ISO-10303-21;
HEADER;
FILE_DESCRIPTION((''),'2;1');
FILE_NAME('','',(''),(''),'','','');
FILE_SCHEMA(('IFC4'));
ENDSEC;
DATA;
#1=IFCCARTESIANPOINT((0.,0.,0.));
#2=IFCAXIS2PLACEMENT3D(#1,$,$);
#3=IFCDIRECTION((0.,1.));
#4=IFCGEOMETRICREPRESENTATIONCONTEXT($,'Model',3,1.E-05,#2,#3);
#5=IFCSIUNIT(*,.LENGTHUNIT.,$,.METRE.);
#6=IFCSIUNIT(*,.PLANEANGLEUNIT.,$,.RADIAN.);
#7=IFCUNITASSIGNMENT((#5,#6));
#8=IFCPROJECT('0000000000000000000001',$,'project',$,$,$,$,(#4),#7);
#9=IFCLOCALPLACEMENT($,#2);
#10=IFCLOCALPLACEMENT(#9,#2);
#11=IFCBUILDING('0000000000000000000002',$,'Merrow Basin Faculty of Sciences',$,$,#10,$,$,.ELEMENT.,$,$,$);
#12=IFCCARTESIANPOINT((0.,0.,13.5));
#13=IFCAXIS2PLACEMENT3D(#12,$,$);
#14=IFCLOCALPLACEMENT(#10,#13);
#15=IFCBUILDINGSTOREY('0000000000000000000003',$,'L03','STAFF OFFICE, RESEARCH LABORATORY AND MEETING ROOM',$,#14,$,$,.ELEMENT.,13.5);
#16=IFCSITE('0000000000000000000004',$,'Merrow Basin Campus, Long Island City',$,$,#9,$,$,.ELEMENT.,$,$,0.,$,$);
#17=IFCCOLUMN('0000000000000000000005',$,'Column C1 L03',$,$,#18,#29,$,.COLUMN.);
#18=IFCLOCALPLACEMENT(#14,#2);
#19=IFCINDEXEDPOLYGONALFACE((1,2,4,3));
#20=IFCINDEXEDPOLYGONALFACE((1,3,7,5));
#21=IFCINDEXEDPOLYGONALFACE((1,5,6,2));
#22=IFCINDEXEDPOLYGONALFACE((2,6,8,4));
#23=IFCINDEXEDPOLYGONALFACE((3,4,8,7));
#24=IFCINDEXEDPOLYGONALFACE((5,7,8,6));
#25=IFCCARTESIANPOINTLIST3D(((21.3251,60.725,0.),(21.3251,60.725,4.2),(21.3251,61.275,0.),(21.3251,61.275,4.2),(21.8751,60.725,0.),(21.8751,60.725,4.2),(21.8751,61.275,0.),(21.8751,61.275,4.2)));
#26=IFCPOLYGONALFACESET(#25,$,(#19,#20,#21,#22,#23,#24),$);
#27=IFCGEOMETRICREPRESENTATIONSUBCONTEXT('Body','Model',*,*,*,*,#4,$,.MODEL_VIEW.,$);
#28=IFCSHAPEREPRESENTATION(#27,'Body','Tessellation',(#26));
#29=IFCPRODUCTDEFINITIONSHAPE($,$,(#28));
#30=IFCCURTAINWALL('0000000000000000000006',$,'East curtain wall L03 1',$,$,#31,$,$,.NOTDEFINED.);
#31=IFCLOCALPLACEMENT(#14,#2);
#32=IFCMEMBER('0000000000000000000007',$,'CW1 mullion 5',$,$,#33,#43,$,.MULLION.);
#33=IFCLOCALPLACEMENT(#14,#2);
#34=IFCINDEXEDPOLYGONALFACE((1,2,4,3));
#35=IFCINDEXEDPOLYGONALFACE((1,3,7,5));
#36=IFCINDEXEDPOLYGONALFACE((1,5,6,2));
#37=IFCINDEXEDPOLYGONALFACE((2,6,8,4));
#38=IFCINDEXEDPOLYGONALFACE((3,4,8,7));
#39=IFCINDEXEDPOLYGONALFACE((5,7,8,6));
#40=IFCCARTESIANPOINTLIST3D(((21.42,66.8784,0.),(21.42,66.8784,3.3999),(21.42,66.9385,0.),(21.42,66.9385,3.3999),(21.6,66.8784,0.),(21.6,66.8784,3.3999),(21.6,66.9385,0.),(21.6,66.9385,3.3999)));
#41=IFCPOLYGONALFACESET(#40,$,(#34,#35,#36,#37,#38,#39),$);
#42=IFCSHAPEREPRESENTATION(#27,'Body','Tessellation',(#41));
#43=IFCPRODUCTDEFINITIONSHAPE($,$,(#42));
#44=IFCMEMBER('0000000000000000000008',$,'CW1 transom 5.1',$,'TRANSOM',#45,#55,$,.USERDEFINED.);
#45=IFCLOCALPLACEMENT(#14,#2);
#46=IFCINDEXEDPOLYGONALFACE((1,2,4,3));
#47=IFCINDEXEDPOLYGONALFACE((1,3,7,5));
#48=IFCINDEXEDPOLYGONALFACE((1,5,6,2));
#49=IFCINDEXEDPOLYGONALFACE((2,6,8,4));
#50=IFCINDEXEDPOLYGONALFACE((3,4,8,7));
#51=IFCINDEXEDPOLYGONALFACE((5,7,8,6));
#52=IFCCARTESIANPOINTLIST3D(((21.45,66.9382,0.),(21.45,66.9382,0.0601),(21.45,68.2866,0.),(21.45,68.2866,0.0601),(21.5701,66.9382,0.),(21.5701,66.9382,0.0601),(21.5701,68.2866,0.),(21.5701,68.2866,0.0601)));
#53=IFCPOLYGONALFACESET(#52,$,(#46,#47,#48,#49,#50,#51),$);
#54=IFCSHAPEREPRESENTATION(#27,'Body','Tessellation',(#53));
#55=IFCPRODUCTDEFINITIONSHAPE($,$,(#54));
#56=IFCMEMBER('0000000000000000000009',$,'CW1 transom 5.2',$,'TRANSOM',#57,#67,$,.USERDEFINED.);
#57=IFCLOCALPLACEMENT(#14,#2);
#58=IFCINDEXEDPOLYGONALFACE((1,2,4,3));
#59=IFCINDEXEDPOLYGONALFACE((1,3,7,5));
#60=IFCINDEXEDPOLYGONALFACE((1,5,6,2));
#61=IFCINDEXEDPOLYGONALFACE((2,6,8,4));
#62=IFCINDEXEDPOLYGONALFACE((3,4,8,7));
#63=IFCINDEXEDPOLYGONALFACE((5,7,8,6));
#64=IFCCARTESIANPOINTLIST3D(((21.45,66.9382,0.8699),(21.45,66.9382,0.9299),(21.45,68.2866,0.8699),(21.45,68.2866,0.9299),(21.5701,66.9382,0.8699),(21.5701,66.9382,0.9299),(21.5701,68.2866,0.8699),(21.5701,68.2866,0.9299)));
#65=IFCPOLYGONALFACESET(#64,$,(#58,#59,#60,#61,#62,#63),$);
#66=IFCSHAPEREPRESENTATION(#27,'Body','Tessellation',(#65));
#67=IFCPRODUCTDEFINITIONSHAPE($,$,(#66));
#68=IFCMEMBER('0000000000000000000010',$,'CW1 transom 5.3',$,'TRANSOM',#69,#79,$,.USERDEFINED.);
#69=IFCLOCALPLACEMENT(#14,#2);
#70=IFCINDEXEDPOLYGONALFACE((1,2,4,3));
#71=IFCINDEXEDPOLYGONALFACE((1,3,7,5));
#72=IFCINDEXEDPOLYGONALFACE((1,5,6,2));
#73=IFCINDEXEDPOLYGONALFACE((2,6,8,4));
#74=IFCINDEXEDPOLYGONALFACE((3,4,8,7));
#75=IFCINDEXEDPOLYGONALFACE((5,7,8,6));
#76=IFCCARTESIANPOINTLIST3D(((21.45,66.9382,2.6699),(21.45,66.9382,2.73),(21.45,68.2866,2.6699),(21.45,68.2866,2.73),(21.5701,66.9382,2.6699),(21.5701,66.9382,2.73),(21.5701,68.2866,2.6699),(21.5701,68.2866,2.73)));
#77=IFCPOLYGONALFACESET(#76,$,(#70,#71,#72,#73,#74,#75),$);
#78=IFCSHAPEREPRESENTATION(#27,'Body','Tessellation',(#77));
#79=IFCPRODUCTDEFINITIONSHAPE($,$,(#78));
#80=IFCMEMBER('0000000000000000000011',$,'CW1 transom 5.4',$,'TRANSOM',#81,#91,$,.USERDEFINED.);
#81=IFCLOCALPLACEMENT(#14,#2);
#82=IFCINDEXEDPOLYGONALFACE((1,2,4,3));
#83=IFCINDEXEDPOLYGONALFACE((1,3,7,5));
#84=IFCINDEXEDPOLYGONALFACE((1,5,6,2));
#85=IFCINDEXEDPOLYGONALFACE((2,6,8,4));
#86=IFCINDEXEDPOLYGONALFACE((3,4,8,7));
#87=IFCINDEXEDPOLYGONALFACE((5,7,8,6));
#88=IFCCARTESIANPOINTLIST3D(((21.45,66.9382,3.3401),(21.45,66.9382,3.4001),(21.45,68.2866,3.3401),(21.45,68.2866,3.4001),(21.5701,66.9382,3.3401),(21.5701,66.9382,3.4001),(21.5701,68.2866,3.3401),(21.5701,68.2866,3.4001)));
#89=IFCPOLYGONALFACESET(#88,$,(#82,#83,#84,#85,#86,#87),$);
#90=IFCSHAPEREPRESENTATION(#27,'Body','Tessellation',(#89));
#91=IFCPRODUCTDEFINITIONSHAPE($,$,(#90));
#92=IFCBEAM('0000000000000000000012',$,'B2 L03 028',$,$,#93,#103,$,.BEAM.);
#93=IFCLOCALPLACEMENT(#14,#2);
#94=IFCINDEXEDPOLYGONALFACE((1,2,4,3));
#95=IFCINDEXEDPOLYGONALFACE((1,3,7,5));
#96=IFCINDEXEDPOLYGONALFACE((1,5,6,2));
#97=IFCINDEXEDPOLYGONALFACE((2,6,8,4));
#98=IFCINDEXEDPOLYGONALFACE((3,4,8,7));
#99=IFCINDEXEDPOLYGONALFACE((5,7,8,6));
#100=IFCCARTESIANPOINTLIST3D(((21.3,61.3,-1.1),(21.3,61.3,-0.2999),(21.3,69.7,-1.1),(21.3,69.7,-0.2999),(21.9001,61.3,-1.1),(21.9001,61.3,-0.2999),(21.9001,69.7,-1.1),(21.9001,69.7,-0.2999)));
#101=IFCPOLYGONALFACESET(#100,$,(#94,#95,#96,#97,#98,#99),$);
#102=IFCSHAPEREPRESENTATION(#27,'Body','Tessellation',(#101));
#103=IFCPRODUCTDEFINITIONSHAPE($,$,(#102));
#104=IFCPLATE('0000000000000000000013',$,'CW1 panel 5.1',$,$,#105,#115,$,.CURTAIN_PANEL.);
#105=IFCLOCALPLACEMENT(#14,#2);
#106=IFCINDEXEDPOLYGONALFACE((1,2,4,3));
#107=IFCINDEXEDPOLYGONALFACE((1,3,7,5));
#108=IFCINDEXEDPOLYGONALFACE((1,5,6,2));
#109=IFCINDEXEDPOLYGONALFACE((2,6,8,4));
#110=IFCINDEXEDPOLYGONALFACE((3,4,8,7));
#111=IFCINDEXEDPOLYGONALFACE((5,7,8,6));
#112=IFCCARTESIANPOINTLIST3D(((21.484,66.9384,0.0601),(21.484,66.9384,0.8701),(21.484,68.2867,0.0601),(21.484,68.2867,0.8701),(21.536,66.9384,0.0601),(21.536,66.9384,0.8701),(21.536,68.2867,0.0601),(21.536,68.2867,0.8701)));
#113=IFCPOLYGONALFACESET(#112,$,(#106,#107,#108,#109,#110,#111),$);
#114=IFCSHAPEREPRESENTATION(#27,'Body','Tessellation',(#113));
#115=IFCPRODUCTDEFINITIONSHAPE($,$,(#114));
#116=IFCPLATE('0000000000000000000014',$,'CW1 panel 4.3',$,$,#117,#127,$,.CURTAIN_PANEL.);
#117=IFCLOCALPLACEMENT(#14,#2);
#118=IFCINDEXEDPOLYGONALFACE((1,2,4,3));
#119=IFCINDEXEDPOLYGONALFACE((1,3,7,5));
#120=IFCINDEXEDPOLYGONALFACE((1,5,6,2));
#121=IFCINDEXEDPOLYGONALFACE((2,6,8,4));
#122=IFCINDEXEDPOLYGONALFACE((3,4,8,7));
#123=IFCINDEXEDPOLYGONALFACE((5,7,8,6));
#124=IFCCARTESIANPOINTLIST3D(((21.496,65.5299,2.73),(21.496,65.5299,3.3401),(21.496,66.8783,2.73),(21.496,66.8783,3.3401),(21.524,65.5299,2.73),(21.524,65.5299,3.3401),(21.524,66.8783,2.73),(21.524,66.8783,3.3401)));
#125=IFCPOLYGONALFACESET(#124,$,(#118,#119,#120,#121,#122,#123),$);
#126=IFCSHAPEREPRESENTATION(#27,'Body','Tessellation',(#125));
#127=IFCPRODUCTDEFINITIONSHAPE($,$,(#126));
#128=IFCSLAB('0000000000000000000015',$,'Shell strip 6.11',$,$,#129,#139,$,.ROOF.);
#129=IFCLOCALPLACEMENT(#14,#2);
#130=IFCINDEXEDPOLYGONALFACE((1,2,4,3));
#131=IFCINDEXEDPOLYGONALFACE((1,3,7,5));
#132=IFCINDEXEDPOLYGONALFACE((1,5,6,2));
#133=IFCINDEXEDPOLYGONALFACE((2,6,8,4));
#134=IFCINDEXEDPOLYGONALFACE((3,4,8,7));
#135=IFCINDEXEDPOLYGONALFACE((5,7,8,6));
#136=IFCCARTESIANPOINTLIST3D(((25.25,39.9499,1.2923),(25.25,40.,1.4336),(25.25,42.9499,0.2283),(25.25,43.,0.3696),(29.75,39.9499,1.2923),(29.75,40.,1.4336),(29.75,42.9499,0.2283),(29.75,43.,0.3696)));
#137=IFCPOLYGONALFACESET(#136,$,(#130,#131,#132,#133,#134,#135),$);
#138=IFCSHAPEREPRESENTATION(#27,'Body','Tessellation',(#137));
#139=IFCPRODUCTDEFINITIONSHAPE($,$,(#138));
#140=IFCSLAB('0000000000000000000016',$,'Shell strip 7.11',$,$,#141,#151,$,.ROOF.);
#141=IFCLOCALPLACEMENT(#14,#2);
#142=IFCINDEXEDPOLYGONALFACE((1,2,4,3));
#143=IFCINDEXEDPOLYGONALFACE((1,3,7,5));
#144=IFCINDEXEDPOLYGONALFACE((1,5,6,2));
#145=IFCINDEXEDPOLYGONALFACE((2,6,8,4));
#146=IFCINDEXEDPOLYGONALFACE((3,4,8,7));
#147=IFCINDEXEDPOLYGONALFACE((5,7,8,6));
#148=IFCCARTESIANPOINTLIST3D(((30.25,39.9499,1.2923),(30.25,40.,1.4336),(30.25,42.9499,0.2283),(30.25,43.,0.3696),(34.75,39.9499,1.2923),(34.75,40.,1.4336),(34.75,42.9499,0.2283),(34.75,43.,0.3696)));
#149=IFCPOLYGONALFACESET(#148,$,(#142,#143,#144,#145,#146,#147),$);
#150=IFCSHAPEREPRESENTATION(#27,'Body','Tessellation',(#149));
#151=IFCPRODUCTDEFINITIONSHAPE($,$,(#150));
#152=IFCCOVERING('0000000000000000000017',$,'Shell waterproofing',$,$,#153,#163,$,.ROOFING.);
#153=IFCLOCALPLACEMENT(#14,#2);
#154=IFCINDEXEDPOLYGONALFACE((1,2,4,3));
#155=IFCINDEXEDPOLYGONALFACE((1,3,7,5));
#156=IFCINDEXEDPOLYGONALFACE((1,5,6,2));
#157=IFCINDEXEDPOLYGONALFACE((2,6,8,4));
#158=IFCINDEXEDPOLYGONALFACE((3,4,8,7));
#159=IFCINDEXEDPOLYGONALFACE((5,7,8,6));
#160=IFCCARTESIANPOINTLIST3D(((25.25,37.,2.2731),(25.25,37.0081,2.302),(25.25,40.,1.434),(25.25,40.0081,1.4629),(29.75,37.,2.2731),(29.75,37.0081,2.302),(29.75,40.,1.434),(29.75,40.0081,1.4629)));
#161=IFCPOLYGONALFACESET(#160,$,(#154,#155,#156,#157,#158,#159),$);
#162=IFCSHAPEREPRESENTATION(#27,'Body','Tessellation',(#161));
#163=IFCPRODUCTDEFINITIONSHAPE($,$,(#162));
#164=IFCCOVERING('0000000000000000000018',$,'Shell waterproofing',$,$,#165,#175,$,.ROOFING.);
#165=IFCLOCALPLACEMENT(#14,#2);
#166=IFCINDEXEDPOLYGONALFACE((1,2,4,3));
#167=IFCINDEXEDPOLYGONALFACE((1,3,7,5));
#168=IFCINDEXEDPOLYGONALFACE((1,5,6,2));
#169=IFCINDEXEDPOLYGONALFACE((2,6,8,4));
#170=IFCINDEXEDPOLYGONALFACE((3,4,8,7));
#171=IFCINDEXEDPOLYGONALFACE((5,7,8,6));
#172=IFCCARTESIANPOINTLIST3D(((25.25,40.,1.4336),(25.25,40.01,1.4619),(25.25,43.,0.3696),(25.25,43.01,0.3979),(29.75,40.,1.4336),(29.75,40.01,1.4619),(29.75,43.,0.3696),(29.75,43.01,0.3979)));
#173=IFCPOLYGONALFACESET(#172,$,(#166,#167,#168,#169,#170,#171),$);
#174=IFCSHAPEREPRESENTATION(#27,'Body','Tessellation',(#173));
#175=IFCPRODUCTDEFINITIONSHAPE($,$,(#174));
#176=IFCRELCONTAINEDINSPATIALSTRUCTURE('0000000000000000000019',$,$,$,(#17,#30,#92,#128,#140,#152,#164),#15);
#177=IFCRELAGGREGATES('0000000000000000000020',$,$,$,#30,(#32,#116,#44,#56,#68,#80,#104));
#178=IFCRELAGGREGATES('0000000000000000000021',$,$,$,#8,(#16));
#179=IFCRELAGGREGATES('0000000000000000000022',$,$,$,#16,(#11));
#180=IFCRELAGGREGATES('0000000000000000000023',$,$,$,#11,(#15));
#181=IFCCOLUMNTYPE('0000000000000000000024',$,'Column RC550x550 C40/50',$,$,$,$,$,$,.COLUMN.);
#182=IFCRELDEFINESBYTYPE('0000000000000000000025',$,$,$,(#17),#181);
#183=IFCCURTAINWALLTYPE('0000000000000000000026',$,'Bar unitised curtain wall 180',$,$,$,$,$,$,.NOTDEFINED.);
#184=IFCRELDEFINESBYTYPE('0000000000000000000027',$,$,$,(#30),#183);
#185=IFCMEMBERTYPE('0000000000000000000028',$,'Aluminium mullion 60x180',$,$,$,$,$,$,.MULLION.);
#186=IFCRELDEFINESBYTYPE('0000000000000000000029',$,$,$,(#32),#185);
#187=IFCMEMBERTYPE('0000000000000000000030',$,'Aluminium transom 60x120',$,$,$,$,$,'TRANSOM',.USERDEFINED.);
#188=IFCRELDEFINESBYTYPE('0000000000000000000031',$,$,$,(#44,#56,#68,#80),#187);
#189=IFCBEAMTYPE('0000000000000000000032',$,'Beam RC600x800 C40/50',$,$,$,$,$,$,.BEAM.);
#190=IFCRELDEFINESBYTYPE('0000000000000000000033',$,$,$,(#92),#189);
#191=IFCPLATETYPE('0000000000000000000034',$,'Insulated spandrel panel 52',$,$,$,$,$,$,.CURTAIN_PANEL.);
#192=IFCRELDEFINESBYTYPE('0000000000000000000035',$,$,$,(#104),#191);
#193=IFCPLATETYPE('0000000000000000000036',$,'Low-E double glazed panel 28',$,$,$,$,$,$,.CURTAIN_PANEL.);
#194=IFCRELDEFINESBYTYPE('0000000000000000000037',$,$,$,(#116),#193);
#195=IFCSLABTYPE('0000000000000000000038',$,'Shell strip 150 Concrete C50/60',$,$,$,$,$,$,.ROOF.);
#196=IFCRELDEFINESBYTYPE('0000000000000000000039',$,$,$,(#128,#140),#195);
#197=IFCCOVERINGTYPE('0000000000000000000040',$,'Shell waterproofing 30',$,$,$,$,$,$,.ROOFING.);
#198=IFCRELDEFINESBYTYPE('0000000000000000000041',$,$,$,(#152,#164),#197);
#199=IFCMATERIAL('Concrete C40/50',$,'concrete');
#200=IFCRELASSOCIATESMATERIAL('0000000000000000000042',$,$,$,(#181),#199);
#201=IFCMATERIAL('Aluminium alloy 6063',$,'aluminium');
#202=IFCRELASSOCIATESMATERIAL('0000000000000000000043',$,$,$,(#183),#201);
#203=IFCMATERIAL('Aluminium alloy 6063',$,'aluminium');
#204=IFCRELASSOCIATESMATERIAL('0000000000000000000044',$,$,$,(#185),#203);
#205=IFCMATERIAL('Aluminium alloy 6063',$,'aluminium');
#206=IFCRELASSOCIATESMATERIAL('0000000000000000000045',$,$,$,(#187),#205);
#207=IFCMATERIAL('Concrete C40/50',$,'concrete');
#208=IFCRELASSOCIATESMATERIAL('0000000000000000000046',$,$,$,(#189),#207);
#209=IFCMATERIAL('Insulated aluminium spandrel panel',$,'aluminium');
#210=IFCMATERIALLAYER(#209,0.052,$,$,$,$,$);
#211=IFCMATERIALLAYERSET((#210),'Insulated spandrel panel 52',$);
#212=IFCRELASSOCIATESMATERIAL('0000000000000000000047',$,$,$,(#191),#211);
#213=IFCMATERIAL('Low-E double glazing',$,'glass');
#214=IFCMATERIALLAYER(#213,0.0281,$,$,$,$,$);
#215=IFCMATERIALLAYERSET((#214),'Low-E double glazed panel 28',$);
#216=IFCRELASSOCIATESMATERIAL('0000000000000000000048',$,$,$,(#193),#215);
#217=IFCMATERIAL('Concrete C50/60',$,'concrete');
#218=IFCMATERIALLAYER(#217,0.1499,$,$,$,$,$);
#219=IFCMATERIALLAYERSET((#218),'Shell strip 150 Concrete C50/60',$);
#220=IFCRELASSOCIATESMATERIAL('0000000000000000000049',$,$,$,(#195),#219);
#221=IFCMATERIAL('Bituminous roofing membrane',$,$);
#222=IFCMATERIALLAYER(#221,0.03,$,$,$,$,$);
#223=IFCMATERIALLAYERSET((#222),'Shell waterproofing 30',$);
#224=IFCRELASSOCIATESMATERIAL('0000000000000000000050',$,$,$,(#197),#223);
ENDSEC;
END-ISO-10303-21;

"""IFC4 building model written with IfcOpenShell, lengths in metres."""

from ifc_helpers import new_model, si_unit, direction, frame, origin, origin_2d, place, context, subcontext, project, spatial, polyline, rectangle, outline, extrude, material, layer, layer_set, material_profile, profile_set, type_object, element, aggregate, save


model = new_model("IFC4")

# Units and contexts
model_context = context("Model", 3, precision=1e-05, world=origin(), true_north=direction((0.0, 1.0)))
body_context = subcontext(model_context, "Body", "Model", "MODEL_VIEW")
ifc_project = project(units=[si_unit("LENGTHUNIT", "METRE"), si_unit("PLANEANGLEUNIT", "RADIAN")], contexts=[model_context])

# Site, building, storey
site_placement = place(None, origin())
site = spatial("IfcSite", under=ifc_project, at=site_placement, Name="Merrow Basin Campus, Long Island City", CompositionType="ELEMENT", RefElevation=0.0)
building_placement = place(site_placement, origin())
building = spatial("IfcBuilding", under=site, at=building_placement, Name="Merrow Basin Faculty of Sciences", CompositionType="ELEMENT")
storey_placement = place(building_placement, frame((0.0, 0.0, 13.5)))
storey = spatial("IfcBuildingStorey", under=building, at=storey_placement, Name="L03", Description="STAFF OFFICE, RESEARCH LABORATORY AND MEETING ROOM", CompositionType="ELEMENT", Elevation=13.5)

# Column
ifc_material_1 = material(Name="Concrete C40/50", Category="concrete")
ifc_material_profile_1 = material_profile(ifc_material_1, rectangle(XDim=0.55, YDim=0.55, at=origin_2d()))
ifc_profile_set_1 = profile_set([ifc_material_profile_1], Name="Concrete C40/50")
column_type = type_object("IfcColumnType", Name="Column RC550x550 C40/50", PredefinedType="COLUMN", material=ifc_profile_set_1)
column_placement = place(storey_placement, frame((21.6001, 61.0, 0.0), z_axis=(0.0, 0.0, 1.0), x_axis=(1.0, 0.0, 0.0)))
element("IfcColumn", 1, at=column_placement, inside=storey, type_object=column_type, Name="Column C1 L03", PredefinedType="COLUMN", context=body_context, shape_type="SweptSolid", body=[
    extrude(rectangle(XDim=0.55, YDim=0.55, at=origin_2d()), origin(), (0.0, 0.0, 1.0), 4.2),
])

# Curtain wall, members
ifc_material_2 = material(Name="Aluminium alloy 6063", Category="aluminium")
curtain_wall_type = type_object("IfcCurtainWallType", Name="Bar unitised curtain wall 180", PredefinedType="NOTDEFINED", material=ifc_material_2)
curtain_wall_placement = place(storey_placement, origin())
curtain_wall = element("IfcCurtainWall", 2, at=curtain_wall_placement, inside=storey, type_object=curtain_wall_type, Name="East curtain wall L03 1", PredefinedType="NOTDEFINED")
ifc_material_3 = material(Name="Aluminium alloy 6063", Category="aluminium")
ifc_material_profile_2 = material_profile(ifc_material_3, rectangle(XDim=0.1799, YDim=0.0601, at=origin_2d()))
ifc_profile_set_2 = profile_set([ifc_material_profile_2], Name="Aluminium alloy 6063")
member_type_1 = type_object("IfcMemberType", Name="Aluminium mullion 60x180", PredefinedType="MULLION", material=ifc_profile_set_2)
member_1_placement = place(storey_placement, frame((21.51, 66.9084, 0.0), z_axis=(0.0, 0.0, 1.0), x_axis=(-1.0, 0.0, 0.0)))
member_1 = element("IfcMember", 3, at=member_1_placement, type_object=member_type_1, Name="CW1 mullion 5", PredefinedType="MULLION", context=body_context, shape_type="SweptSolid", body=[
    extrude(rectangle(XDim=0.1799, YDim=0.0601, at=origin_2d()), origin(), (0.0, 0.0, 1.0), 3.3999),
])
ifc_material_4 = material(Name="Aluminium alloy 6063", Category="aluminium")
ifc_material_profile_3 = material_profile(ifc_material_4, rectangle(XDim=0.1201, YDim=0.0601, at=origin_2d()))
ifc_profile_set_3 = profile_set([ifc_material_profile_3], Name="Aluminium alloy 6063")
member_type_2 = type_object("IfcMemberType", Name="Aluminium transom 60x120", ElementType="TRANSOM", PredefinedType="USERDEFINED", material=ifc_profile_set_3)
member_2_placement = place(storey_placement, frame((21.51, 66.9382, 0.03), z_axis=(0.0, 1.0, 0.0), x_axis=(-1.0, 0.0, 0.0)))
member_2 = element("IfcMember", 4, at=member_2_placement, type_object=member_type_2, Name="CW1 transom 5.1", ObjectType="TRANSOM", PredefinedType="USERDEFINED", context=body_context, shape_type="SweptSolid", body=[
    extrude(rectangle(XDim=0.1201, YDim=0.0601, at=origin_2d()), origin(), (0.0, 0.0, 1.0), 1.3484),
])
member_3_placement = place(storey_placement, frame((21.51, 66.9382, 0.8999), z_axis=(0.0, 1.0, 0.0), x_axis=(-1.0, 0.0, 0.0)))
member_3 = element("IfcMember", 5, at=member_3_placement, type_object=member_type_2, Name="CW1 transom 5.2", ObjectType="TRANSOM", PredefinedType="USERDEFINED", context=body_context, shape_type="SweptSolid", body=[
    extrude(rectangle(XDim=0.1201, YDim=0.0601, at=origin_2d()), origin(), (0.0, 0.0, 1.0), 1.3484),
])
member_4_placement = place(storey_placement, frame((21.51, 66.9382, 2.7), z_axis=(0.0, 1.0, 0.0), x_axis=(-1.0, 0.0, 0.0)))
member_4 = element("IfcMember", 6, at=member_4_placement, type_object=member_type_2, Name="CW1 transom 5.3", ObjectType="TRANSOM", PredefinedType="USERDEFINED", context=body_context, shape_type="SweptSolid", body=[
    extrude(rectangle(XDim=0.1201, YDim=0.0601, at=origin_2d()), origin(), (0.0, 0.0, 1.0), 1.3484),
])
member_5_placement = place(storey_placement, frame((21.51, 66.9382, 3.3701), z_axis=(0.0, 1.0, 0.0), x_axis=(-1.0, 0.0, 0.0)))
member_5 = element("IfcMember", 7, at=member_5_placement, type_object=member_type_2, Name="CW1 transom 5.4", ObjectType="TRANSOM", PredefinedType="USERDEFINED", context=body_context, shape_type="SweptSolid", body=[
    extrude(rectangle(XDim=0.1201, YDim=0.0601, at=origin_2d()), origin(), (0.0, 0.0, 1.0), 1.3484),
])

# Beam
ifc_material_5 = material(Name="Concrete C40/50", Category="concrete")
ifc_material_profile_4 = material_profile(ifc_material_5, rectangle(XDim=0.6001, YDim=0.8, at=origin_2d()))
ifc_profile_set_4 = profile_set([ifc_material_profile_4], Name="Concrete C40/50")
beam_type = type_object("IfcBeamType", Name="Beam RC600x800 C40/50", PredefinedType="BEAM", material=ifc_profile_set_4)
beam_placement = place(storey_placement, frame((21.6001, 61.3, -0.7), z_axis=(0.0, 1.0, 0.0), x_axis=(-1.0, 0.0, 0.0)))
element("IfcBeam", 8, at=beam_placement, inside=storey, type_object=beam_type, Name="B2 L03 028", PredefinedType="BEAM", context=body_context, shape_type="SweptSolid", body=[
    extrude(rectangle(XDim=0.6001, YDim=0.8, at=origin_2d()), origin(), (0.0, 0.0, 1.0), 8.3999),
])

# Plates
ifc_material_6 = material(Name="Insulated aluminium spandrel panel", Category="aluminium")
ifc_layer_1 = layer(ifc_material_6, 0.052)
ifc_layer_set_1 = layer_set([ifc_layer_1], Name="Insulated spandrel panel 52")
plate_type_1 = type_object("IfcPlateType", Name="Insulated spandrel panel 52", PredefinedType="CURTAIN_PANEL", material=ifc_layer_set_1)
plate_1_placement = place(storey_placement, frame((21.51, 67.6125, 0.0601), z_axis=(0.0, 0.0, 1.0), x_axis=(0.0, 1.0, 0.0)))
plate_1 = element("IfcPlate", 9, at=plate_1_placement, type_object=plate_type_1, Name="CW1 panel 5.1", PredefinedType="CURTAIN_PANEL", context=body_context, shape_type="SweptSolid", body=[
    extrude(rectangle(XDim=1.3484, YDim=0.052, at=origin_2d()), origin(), (0.0, 0.0, 1.0), 0.8101),
])
ifc_material_7 = material(Name="Low-E double glazing", Category="glass")
ifc_layer_2 = layer(ifc_material_7, 0.0281)
ifc_layer_set_2 = layer_set([ifc_layer_2], Name="Low-E double glazed panel 28")
plate_type_2 = type_object("IfcPlateType", Name="Low-E double glazed panel 28", PredefinedType="CURTAIN_PANEL", material=ifc_layer_set_2)
plate_2_placement = place(storey_placement, frame((21.51, 66.2041, 2.73), z_axis=(0.0, 0.0, 1.0), x_axis=(0.0, 1.0, 0.0)))
plate_2 = element("IfcPlate", 10, at=plate_2_placement, type_object=plate_type_2, Name="CW1 panel 4.3", PredefinedType="CURTAIN_PANEL", context=body_context, shape_type="SweptSolid", body=[
    extrude(rectangle(XDim=1.3484, YDim=0.0281, at=origin_2d()), origin(), (0.0, 0.0, 1.0), 0.6101),
])
aggregate(curtain_wall, [member_1, plate_2, member_2, member_3, member_4, member_5, plate_1])

# Slabs
ifc_material_8 = material(Name="Concrete C50/60", Category="concrete")
ifc_layer_3 = layer(ifc_material_8, 0.1499)
ifc_layer_set_3 = layer_set([ifc_layer_3], Name="Shell strip 150 Concrete C50/60")
slab_type = type_object("IfcSlabType", Name="Shell strip 150 Concrete C50/60", PredefinedType="ROOF", material=ifc_layer_set_3)
for number, where, z_axis, x_axis, name in (
    (11, (25.25, 40.0, 1.4336), (0.0, 0.334256, 0.942482), (1.0, 0.0, 0.0), "Shell strip 6.11"),
    (12, (30.25, 40.0, 1.4336), (0.0, 0.334256, 0.942482), (1.0, 0.0, 0.0), "Shell strip 7.11"),
):
    element("IfcSlab", number, at=place(storey_placement, frame(where, z_axis=z_axis, x_axis=x_axis)), inside=storey, type_object=slab_type, Name=name, PredefinedType="ROOF", context=body_context, shape_type="SweptSolid", body=[
        extrude(outline(polyline([(0.0, 0.0), (4.5, 0.0), (4.5, 3.1831), (0.0, 3.1831), (0.0, 0.0)])), origin(), (0.0, 0.0, -1.0), 0.1499),
    ])

# Coverings
ifc_material_9 = material(Name="Bituminous roofing membrane")
ifc_layer_4 = layer(ifc_material_9, 0.03)
ifc_layer_set_4 = layer_set([ifc_layer_4], Name="Shell waterproofing 30")
covering_type_1 = type_object("IfcCoveringType", Name="Shell waterproofing 30", PredefinedType="ROOFING", material=ifc_layer_set_4)
covering_1_placement = place(storey_placement, frame((25.25, 37.0081, 2.302), z_axis=(0.0, 0.269365, 0.963038), x_axis=(1.0, 0.0, 0.0)))
element("IfcCovering", 13, at=covering_1_placement, inside=storey, type_object=covering_type_1, Name="Shell waterproofing", PredefinedType="ROOFING", context=body_context, shape_type="SweptSolid", body=[
    extrude(outline(polyline([(0.0, 0.0), (4.5, 0.0), (4.5, 3.1151), (0.0, 3.1151), (0.0, 0.0)])), origin(), (0.0, 0.0, -1.0), 0.03),
])
covering_2_placement = place(storey_placement, frame((25.25, 40.01, 1.4619), z_axis=(0.0, 0.334256, 0.942482), x_axis=(1.0, 0.0, 0.0)))
element("IfcCovering", 14, at=covering_2_placement, inside=storey, type_object=covering_type_1, Name="Shell waterproofing", PredefinedType="ROOFING", context=body_context, shape_type="SweptSolid", body=[
    extrude(outline(polyline([(0.0, 0.0), (4.5, 0.0), (4.5, 3.1831), (0.0, 3.1831), (0.0, 0.0)])), origin(), (0.0, 0.0, -1.0), 0.03),
])

save(model, "model.ifc")
